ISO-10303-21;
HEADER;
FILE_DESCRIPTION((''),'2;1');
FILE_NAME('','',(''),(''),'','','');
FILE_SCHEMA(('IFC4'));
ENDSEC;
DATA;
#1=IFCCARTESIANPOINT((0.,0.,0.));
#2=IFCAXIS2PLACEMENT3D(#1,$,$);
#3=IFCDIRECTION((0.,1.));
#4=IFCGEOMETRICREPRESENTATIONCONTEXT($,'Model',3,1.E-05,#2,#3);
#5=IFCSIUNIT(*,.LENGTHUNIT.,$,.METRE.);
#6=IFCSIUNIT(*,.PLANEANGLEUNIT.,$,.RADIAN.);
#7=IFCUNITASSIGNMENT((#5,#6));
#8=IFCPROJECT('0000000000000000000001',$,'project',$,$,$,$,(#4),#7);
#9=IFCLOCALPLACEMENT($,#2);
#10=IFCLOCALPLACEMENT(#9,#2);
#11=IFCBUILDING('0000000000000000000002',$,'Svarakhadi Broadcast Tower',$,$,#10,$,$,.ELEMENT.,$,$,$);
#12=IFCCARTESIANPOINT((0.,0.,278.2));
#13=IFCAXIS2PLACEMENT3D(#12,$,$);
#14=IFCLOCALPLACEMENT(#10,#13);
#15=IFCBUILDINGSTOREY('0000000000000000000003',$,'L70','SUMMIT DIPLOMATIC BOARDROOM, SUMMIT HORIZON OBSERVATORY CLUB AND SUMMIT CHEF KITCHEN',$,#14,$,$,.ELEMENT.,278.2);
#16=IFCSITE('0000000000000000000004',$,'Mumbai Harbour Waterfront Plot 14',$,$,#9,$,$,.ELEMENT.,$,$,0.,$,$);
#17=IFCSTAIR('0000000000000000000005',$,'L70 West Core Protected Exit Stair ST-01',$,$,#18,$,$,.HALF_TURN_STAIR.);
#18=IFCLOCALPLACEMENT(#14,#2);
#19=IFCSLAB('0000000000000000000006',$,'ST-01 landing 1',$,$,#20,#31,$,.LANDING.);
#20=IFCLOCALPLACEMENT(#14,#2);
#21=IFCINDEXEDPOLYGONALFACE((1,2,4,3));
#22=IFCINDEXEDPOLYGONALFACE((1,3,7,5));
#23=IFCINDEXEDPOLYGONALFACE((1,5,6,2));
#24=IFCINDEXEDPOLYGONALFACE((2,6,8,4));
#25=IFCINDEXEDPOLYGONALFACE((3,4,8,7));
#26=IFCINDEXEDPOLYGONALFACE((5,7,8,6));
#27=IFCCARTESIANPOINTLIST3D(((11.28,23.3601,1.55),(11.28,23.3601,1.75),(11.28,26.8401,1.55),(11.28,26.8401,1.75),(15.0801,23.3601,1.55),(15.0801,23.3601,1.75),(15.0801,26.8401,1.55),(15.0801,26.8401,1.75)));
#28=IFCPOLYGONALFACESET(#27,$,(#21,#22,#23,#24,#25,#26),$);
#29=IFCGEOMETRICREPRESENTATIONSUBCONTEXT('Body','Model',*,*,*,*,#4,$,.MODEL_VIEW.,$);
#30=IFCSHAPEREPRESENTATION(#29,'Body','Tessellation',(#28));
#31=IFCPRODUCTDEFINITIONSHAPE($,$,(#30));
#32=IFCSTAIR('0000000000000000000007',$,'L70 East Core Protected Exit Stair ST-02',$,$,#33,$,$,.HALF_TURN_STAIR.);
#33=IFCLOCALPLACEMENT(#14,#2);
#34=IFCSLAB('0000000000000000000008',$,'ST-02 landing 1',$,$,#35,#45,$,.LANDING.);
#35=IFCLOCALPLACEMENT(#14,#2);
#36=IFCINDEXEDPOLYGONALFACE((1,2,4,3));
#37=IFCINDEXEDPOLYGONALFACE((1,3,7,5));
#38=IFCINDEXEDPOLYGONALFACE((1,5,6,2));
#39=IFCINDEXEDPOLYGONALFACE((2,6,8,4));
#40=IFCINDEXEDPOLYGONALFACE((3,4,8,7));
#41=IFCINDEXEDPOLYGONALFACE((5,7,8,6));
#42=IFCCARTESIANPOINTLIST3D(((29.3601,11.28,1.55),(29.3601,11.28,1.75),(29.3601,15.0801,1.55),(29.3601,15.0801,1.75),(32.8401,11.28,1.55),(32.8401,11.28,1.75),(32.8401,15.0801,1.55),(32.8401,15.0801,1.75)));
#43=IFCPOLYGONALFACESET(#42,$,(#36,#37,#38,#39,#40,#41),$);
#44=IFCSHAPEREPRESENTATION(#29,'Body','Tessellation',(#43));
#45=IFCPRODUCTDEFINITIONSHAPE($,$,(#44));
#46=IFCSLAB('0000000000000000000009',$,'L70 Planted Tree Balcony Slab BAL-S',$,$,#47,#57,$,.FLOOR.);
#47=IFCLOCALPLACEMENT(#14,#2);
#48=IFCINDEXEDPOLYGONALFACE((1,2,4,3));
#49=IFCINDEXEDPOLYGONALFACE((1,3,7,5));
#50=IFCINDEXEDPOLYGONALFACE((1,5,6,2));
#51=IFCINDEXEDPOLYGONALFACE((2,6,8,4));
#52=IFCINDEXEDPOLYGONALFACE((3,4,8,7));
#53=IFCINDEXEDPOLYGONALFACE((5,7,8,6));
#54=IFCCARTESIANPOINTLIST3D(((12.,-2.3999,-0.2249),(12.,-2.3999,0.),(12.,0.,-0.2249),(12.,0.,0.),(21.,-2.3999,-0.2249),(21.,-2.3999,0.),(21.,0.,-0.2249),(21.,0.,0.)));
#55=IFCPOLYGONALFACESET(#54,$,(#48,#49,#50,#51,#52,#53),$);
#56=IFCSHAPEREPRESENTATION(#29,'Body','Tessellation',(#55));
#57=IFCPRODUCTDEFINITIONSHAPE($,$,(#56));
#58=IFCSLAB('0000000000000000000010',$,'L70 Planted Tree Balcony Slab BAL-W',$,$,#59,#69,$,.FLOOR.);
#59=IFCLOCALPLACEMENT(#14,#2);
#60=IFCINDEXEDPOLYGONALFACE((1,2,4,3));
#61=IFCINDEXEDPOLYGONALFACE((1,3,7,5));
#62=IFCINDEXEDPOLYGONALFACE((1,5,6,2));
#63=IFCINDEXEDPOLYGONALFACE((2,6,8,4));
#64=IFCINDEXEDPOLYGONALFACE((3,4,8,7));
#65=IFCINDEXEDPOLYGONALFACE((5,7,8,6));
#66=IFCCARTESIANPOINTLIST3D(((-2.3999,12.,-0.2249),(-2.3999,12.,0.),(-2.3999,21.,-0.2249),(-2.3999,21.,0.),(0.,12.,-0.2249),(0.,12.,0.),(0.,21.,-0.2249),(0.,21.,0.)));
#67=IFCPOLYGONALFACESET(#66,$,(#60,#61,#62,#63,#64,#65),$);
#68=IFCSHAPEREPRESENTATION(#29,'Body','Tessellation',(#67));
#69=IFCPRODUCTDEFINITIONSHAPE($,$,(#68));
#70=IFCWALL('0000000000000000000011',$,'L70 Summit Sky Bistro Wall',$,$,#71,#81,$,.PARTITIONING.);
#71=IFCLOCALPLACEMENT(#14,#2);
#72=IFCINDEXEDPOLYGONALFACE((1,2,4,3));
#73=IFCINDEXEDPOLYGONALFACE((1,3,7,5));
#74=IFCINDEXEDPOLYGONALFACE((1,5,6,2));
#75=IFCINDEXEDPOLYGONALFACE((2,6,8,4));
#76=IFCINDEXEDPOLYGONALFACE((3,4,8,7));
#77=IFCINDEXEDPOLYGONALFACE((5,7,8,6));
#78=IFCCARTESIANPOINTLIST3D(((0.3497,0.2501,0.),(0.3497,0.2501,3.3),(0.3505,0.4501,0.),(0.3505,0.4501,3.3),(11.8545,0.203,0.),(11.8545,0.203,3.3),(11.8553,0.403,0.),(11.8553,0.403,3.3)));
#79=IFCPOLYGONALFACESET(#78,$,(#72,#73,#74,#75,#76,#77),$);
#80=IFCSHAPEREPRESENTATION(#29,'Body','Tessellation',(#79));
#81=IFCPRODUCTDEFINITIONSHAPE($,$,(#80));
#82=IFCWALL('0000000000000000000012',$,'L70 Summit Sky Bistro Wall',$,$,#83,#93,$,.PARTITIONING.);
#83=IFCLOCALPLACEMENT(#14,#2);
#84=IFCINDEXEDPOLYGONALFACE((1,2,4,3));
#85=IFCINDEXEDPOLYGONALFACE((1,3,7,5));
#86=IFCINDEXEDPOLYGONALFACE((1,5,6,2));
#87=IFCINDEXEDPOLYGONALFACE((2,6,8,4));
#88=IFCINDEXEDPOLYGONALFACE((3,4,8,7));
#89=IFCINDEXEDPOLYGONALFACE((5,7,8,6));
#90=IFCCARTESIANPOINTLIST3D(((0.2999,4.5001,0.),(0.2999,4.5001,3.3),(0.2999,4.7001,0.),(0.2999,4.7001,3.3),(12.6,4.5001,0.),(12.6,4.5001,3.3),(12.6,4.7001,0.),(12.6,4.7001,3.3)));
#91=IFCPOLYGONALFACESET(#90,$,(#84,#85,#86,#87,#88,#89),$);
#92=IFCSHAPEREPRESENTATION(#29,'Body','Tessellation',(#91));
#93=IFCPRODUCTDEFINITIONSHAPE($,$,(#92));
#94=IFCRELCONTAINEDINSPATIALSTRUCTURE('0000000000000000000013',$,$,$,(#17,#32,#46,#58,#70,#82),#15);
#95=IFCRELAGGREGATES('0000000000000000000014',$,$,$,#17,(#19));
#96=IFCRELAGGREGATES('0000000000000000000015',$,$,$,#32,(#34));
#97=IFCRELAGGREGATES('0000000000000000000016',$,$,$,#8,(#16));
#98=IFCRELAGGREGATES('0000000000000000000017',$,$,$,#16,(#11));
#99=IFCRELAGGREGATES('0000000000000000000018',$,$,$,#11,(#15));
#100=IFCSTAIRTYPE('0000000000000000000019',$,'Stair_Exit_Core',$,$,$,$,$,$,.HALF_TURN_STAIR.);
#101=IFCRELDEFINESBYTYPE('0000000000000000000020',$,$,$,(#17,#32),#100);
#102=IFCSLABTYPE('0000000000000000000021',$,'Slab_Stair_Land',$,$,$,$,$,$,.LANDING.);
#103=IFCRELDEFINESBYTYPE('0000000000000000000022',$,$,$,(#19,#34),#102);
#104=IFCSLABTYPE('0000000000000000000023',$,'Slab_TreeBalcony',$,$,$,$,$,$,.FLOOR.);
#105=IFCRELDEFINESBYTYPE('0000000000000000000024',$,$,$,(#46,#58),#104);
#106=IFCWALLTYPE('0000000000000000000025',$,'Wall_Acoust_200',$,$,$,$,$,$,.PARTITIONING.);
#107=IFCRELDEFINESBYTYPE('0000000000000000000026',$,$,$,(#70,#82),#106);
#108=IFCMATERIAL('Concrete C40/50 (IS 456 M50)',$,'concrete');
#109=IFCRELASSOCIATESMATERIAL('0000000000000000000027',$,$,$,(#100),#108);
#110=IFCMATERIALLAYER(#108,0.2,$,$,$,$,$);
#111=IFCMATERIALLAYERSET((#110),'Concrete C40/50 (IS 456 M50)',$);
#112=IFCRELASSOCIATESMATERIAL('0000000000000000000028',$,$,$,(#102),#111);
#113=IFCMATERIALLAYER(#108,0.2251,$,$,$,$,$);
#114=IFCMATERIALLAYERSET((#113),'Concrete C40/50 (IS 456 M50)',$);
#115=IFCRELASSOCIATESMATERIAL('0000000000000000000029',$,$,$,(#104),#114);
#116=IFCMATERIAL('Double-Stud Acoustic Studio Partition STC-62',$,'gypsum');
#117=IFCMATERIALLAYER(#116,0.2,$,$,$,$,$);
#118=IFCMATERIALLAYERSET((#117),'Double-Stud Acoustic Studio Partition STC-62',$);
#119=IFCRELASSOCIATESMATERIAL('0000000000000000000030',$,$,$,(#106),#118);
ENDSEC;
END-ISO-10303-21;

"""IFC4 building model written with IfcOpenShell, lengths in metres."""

from ifc_helpers import new_model, si_unit, direction, frame, frame_2d, origin, place, context, subcontext, project, spatial, polyline, rectangle, outline, extrude, material, layer, layer_set, type_object, element, aggregate, save


model = new_model("IFC4")

# Units and contexts
model_context = context("Model", 3, precision=1e-05, world=origin(), true_north=direction((0.0, 1.0)))
body_context = subcontext(model_context, "Body", "Model", "MODEL_VIEW")
ifc_project = project(units=[si_unit("LENGTHUNIT", "METRE"), si_unit("PLANEANGLEUNIT", "RADIAN")], contexts=[model_context])

# Site, building, storey
site_placement = place(None, origin())
site = spatial("IfcSite", under=ifc_project, at=site_placement, Name="Mumbai Harbour Waterfront Plot 14", CompositionType="ELEMENT", RefElevation=0.0)
building_placement = place(site_placement, origin())
building = spatial("IfcBuilding", under=site, at=building_placement, Name="Svarakhadi Broadcast Tower", CompositionType="ELEMENT")
storey_placement = place(building_placement, frame((0.0, 0.0, 278.2)))
storey = spatial("IfcBuildingStorey", under=building, at=storey_placement, Name="L70", Description="SUMMIT DIPLOMATIC BOARDROOM, SUMMIT HORIZON OBSERVATORY CLUB AND SUMMIT CHEF KITCHEN", CompositionType="ELEMENT", Elevation=278.2)

# Shared definitions
ifc_material_1 = material(Name="Concrete C40/50 (IS 456 M50)", Category="concrete")

# Stairs, slabs
stair_type = type_object("IfcStairType", Name="Stair_Exit_Core", PredefinedType="HALF_TURN_STAIR", material=ifc_material_1)
stair_1_placement = place(storey_placement, origin())
stair_1 = element("IfcStair", 1, at=stair_1_placement, inside=storey, type_object=stair_type, Name="L70 West Core Protected Exit Stair ST-01", PredefinedType="HALF_TURN_STAIR")
ifc_layer_1 = layer(ifc_material_1, 0.2)
ifc_layer_set_1 = layer_set([ifc_layer_1], Name="Concrete C40/50 (IS 456 M50)")
slab_type_1 = type_object("IfcSlabType", Name="Slab_Stair_Land", PredefinedType="LANDING", material=ifc_layer_set_1)
slab_1_placement = place(storey_placement, frame((0.0, 0.0, 1.55)))
slab_1 = element("IfcSlab", 2, at=slab_1_placement, type_object=slab_type_1, Name="ST-01 landing 1", PredefinedType="LANDING", context=body_context, shape_type="SweptSolid", body=[
    extrude(outline(polyline([(11.28, 23.3601), (15.0801, 23.3601), (15.0801, 26.8401), (11.28, 26.8401), (11.28, 23.3601)])), origin(), (0.0, 0.0, 1.0), 0.2),
])
aggregate(stair_1, [slab_1])
stair_2_placement = place(storey_placement, origin())
stair_2 = element("IfcStair", 3, at=stair_2_placement, inside=storey, type_object=stair_type, Name="L70 East Core Protected Exit Stair ST-02", PredefinedType="HALF_TURN_STAIR")
slab_2_placement = place(storey_placement, frame((0.0, 0.0, 1.55)))
slab_2 = element("IfcSlab", 4, at=slab_2_placement, type_object=slab_type_1, Name="ST-02 landing 1", PredefinedType="LANDING", context=body_context, shape_type="SweptSolid", body=[
    extrude(outline(polyline([(32.8401, 11.28), (32.8401, 15.0801), (29.3601, 15.0801), (29.3601, 11.28), (32.8401, 11.28)])), origin(), (0.0, 0.0, 1.0), 0.2),
])
aggregate(stair_2, [slab_2])

# Slabs
ifc_layer_2 = layer(ifc_material_1, 0.2251)
ifc_layer_set_2 = layer_set([ifc_layer_2], Name="Concrete C40/50 (IS 456 M50)")
slab_type_2 = type_object("IfcSlabType", Name="Slab_TreeBalcony", PredefinedType="FLOOR", material=ifc_layer_set_2)
slab_3_placement = place(storey_placement, frame((0.0, 0.0, -0.2249)))
element("IfcSlab", 5, at=slab_3_placement, inside=storey, type_object=slab_type_2, Name="L70 Planted Tree Balcony Slab BAL-S", PredefinedType="FLOOR", context=body_context, shape_type="SweptSolid", body=[
    extrude(outline(polyline([(12.0, -2.3999), (21.0, -2.3999), (21.0, 0.0), (12.0, 0.0), (12.0, -2.3999)])), origin(), (0.0, 0.0, 1.0), 0.2249),
])
slab_4_placement = place(storey_placement, frame((0.0, 0.0, -0.2249)))
element("IfcSlab", 6, at=slab_4_placement, inside=storey, type_object=slab_type_2, Name="L70 Planted Tree Balcony Slab BAL-W", PredefinedType="FLOOR", context=body_context, shape_type="SweptSolid", body=[
    extrude(outline(polyline([(-2.3999, 12.0), (0.0, 12.0), (0.0, 21.0), (-2.3999, 21.0), (-2.3999, 12.0)])), origin(), (0.0, 0.0, 1.0), 0.2249),
])

# Walls
ifc_material_2 = material(Name="Double-Stud Acoustic Studio Partition STC-62", Category="gypsum")
ifc_layer_3 = layer(ifc_material_2, 0.2)
ifc_layer_set_3 = layer_set([ifc_layer_3], Name="Double-Stud Acoustic Studio Partition STC-62")
wall_type = type_object("IfcWallType", Name="Wall_Acoust_200", PredefinedType="PARTITIONING", material=ifc_layer_set_3)
wall_1_placement = place(storey_placement, frame((0.3501, 0.3501, 0.0), z_axis=(0.0, 0.0, 1.0), x_axis=(0.999992, -0.004096, 0.0)))
element("IfcWall", 7, at=wall_1_placement, inside=storey, type_object=wall_type, Name="L70 Summit Sky Bistro Wall", PredefinedType="PARTITIONING", context=body_context, shape_type="SweptSolid", body=[
    extrude(rectangle(XDim=11.5049, YDim=0.2, at=frame_2d((5.7524, 0.0))), origin(), (0.0, 0.0, 1.0), 3.3),
])
wall_2_placement = place(storey_placement, frame((0.3, 4.6001, 0.0), z_axis=(0.0, 0.0, 1.0), x_axis=(1.0, 0.0, 0.0)))
element("IfcWall", 8, at=wall_2_placement, inside=storey, type_object=wall_type, Name="L70 Summit Sky Bistro Wall", PredefinedType="PARTITIONING", context=body_context, shape_type="SweptSolid", body=[
    extrude(rectangle(XDim=12.3, YDim=0.2, at=frame_2d((6.1499, 0.0))), origin(), (0.0, 0.0, 1.0), 3.3),
])

save(model, "model.ifc")
